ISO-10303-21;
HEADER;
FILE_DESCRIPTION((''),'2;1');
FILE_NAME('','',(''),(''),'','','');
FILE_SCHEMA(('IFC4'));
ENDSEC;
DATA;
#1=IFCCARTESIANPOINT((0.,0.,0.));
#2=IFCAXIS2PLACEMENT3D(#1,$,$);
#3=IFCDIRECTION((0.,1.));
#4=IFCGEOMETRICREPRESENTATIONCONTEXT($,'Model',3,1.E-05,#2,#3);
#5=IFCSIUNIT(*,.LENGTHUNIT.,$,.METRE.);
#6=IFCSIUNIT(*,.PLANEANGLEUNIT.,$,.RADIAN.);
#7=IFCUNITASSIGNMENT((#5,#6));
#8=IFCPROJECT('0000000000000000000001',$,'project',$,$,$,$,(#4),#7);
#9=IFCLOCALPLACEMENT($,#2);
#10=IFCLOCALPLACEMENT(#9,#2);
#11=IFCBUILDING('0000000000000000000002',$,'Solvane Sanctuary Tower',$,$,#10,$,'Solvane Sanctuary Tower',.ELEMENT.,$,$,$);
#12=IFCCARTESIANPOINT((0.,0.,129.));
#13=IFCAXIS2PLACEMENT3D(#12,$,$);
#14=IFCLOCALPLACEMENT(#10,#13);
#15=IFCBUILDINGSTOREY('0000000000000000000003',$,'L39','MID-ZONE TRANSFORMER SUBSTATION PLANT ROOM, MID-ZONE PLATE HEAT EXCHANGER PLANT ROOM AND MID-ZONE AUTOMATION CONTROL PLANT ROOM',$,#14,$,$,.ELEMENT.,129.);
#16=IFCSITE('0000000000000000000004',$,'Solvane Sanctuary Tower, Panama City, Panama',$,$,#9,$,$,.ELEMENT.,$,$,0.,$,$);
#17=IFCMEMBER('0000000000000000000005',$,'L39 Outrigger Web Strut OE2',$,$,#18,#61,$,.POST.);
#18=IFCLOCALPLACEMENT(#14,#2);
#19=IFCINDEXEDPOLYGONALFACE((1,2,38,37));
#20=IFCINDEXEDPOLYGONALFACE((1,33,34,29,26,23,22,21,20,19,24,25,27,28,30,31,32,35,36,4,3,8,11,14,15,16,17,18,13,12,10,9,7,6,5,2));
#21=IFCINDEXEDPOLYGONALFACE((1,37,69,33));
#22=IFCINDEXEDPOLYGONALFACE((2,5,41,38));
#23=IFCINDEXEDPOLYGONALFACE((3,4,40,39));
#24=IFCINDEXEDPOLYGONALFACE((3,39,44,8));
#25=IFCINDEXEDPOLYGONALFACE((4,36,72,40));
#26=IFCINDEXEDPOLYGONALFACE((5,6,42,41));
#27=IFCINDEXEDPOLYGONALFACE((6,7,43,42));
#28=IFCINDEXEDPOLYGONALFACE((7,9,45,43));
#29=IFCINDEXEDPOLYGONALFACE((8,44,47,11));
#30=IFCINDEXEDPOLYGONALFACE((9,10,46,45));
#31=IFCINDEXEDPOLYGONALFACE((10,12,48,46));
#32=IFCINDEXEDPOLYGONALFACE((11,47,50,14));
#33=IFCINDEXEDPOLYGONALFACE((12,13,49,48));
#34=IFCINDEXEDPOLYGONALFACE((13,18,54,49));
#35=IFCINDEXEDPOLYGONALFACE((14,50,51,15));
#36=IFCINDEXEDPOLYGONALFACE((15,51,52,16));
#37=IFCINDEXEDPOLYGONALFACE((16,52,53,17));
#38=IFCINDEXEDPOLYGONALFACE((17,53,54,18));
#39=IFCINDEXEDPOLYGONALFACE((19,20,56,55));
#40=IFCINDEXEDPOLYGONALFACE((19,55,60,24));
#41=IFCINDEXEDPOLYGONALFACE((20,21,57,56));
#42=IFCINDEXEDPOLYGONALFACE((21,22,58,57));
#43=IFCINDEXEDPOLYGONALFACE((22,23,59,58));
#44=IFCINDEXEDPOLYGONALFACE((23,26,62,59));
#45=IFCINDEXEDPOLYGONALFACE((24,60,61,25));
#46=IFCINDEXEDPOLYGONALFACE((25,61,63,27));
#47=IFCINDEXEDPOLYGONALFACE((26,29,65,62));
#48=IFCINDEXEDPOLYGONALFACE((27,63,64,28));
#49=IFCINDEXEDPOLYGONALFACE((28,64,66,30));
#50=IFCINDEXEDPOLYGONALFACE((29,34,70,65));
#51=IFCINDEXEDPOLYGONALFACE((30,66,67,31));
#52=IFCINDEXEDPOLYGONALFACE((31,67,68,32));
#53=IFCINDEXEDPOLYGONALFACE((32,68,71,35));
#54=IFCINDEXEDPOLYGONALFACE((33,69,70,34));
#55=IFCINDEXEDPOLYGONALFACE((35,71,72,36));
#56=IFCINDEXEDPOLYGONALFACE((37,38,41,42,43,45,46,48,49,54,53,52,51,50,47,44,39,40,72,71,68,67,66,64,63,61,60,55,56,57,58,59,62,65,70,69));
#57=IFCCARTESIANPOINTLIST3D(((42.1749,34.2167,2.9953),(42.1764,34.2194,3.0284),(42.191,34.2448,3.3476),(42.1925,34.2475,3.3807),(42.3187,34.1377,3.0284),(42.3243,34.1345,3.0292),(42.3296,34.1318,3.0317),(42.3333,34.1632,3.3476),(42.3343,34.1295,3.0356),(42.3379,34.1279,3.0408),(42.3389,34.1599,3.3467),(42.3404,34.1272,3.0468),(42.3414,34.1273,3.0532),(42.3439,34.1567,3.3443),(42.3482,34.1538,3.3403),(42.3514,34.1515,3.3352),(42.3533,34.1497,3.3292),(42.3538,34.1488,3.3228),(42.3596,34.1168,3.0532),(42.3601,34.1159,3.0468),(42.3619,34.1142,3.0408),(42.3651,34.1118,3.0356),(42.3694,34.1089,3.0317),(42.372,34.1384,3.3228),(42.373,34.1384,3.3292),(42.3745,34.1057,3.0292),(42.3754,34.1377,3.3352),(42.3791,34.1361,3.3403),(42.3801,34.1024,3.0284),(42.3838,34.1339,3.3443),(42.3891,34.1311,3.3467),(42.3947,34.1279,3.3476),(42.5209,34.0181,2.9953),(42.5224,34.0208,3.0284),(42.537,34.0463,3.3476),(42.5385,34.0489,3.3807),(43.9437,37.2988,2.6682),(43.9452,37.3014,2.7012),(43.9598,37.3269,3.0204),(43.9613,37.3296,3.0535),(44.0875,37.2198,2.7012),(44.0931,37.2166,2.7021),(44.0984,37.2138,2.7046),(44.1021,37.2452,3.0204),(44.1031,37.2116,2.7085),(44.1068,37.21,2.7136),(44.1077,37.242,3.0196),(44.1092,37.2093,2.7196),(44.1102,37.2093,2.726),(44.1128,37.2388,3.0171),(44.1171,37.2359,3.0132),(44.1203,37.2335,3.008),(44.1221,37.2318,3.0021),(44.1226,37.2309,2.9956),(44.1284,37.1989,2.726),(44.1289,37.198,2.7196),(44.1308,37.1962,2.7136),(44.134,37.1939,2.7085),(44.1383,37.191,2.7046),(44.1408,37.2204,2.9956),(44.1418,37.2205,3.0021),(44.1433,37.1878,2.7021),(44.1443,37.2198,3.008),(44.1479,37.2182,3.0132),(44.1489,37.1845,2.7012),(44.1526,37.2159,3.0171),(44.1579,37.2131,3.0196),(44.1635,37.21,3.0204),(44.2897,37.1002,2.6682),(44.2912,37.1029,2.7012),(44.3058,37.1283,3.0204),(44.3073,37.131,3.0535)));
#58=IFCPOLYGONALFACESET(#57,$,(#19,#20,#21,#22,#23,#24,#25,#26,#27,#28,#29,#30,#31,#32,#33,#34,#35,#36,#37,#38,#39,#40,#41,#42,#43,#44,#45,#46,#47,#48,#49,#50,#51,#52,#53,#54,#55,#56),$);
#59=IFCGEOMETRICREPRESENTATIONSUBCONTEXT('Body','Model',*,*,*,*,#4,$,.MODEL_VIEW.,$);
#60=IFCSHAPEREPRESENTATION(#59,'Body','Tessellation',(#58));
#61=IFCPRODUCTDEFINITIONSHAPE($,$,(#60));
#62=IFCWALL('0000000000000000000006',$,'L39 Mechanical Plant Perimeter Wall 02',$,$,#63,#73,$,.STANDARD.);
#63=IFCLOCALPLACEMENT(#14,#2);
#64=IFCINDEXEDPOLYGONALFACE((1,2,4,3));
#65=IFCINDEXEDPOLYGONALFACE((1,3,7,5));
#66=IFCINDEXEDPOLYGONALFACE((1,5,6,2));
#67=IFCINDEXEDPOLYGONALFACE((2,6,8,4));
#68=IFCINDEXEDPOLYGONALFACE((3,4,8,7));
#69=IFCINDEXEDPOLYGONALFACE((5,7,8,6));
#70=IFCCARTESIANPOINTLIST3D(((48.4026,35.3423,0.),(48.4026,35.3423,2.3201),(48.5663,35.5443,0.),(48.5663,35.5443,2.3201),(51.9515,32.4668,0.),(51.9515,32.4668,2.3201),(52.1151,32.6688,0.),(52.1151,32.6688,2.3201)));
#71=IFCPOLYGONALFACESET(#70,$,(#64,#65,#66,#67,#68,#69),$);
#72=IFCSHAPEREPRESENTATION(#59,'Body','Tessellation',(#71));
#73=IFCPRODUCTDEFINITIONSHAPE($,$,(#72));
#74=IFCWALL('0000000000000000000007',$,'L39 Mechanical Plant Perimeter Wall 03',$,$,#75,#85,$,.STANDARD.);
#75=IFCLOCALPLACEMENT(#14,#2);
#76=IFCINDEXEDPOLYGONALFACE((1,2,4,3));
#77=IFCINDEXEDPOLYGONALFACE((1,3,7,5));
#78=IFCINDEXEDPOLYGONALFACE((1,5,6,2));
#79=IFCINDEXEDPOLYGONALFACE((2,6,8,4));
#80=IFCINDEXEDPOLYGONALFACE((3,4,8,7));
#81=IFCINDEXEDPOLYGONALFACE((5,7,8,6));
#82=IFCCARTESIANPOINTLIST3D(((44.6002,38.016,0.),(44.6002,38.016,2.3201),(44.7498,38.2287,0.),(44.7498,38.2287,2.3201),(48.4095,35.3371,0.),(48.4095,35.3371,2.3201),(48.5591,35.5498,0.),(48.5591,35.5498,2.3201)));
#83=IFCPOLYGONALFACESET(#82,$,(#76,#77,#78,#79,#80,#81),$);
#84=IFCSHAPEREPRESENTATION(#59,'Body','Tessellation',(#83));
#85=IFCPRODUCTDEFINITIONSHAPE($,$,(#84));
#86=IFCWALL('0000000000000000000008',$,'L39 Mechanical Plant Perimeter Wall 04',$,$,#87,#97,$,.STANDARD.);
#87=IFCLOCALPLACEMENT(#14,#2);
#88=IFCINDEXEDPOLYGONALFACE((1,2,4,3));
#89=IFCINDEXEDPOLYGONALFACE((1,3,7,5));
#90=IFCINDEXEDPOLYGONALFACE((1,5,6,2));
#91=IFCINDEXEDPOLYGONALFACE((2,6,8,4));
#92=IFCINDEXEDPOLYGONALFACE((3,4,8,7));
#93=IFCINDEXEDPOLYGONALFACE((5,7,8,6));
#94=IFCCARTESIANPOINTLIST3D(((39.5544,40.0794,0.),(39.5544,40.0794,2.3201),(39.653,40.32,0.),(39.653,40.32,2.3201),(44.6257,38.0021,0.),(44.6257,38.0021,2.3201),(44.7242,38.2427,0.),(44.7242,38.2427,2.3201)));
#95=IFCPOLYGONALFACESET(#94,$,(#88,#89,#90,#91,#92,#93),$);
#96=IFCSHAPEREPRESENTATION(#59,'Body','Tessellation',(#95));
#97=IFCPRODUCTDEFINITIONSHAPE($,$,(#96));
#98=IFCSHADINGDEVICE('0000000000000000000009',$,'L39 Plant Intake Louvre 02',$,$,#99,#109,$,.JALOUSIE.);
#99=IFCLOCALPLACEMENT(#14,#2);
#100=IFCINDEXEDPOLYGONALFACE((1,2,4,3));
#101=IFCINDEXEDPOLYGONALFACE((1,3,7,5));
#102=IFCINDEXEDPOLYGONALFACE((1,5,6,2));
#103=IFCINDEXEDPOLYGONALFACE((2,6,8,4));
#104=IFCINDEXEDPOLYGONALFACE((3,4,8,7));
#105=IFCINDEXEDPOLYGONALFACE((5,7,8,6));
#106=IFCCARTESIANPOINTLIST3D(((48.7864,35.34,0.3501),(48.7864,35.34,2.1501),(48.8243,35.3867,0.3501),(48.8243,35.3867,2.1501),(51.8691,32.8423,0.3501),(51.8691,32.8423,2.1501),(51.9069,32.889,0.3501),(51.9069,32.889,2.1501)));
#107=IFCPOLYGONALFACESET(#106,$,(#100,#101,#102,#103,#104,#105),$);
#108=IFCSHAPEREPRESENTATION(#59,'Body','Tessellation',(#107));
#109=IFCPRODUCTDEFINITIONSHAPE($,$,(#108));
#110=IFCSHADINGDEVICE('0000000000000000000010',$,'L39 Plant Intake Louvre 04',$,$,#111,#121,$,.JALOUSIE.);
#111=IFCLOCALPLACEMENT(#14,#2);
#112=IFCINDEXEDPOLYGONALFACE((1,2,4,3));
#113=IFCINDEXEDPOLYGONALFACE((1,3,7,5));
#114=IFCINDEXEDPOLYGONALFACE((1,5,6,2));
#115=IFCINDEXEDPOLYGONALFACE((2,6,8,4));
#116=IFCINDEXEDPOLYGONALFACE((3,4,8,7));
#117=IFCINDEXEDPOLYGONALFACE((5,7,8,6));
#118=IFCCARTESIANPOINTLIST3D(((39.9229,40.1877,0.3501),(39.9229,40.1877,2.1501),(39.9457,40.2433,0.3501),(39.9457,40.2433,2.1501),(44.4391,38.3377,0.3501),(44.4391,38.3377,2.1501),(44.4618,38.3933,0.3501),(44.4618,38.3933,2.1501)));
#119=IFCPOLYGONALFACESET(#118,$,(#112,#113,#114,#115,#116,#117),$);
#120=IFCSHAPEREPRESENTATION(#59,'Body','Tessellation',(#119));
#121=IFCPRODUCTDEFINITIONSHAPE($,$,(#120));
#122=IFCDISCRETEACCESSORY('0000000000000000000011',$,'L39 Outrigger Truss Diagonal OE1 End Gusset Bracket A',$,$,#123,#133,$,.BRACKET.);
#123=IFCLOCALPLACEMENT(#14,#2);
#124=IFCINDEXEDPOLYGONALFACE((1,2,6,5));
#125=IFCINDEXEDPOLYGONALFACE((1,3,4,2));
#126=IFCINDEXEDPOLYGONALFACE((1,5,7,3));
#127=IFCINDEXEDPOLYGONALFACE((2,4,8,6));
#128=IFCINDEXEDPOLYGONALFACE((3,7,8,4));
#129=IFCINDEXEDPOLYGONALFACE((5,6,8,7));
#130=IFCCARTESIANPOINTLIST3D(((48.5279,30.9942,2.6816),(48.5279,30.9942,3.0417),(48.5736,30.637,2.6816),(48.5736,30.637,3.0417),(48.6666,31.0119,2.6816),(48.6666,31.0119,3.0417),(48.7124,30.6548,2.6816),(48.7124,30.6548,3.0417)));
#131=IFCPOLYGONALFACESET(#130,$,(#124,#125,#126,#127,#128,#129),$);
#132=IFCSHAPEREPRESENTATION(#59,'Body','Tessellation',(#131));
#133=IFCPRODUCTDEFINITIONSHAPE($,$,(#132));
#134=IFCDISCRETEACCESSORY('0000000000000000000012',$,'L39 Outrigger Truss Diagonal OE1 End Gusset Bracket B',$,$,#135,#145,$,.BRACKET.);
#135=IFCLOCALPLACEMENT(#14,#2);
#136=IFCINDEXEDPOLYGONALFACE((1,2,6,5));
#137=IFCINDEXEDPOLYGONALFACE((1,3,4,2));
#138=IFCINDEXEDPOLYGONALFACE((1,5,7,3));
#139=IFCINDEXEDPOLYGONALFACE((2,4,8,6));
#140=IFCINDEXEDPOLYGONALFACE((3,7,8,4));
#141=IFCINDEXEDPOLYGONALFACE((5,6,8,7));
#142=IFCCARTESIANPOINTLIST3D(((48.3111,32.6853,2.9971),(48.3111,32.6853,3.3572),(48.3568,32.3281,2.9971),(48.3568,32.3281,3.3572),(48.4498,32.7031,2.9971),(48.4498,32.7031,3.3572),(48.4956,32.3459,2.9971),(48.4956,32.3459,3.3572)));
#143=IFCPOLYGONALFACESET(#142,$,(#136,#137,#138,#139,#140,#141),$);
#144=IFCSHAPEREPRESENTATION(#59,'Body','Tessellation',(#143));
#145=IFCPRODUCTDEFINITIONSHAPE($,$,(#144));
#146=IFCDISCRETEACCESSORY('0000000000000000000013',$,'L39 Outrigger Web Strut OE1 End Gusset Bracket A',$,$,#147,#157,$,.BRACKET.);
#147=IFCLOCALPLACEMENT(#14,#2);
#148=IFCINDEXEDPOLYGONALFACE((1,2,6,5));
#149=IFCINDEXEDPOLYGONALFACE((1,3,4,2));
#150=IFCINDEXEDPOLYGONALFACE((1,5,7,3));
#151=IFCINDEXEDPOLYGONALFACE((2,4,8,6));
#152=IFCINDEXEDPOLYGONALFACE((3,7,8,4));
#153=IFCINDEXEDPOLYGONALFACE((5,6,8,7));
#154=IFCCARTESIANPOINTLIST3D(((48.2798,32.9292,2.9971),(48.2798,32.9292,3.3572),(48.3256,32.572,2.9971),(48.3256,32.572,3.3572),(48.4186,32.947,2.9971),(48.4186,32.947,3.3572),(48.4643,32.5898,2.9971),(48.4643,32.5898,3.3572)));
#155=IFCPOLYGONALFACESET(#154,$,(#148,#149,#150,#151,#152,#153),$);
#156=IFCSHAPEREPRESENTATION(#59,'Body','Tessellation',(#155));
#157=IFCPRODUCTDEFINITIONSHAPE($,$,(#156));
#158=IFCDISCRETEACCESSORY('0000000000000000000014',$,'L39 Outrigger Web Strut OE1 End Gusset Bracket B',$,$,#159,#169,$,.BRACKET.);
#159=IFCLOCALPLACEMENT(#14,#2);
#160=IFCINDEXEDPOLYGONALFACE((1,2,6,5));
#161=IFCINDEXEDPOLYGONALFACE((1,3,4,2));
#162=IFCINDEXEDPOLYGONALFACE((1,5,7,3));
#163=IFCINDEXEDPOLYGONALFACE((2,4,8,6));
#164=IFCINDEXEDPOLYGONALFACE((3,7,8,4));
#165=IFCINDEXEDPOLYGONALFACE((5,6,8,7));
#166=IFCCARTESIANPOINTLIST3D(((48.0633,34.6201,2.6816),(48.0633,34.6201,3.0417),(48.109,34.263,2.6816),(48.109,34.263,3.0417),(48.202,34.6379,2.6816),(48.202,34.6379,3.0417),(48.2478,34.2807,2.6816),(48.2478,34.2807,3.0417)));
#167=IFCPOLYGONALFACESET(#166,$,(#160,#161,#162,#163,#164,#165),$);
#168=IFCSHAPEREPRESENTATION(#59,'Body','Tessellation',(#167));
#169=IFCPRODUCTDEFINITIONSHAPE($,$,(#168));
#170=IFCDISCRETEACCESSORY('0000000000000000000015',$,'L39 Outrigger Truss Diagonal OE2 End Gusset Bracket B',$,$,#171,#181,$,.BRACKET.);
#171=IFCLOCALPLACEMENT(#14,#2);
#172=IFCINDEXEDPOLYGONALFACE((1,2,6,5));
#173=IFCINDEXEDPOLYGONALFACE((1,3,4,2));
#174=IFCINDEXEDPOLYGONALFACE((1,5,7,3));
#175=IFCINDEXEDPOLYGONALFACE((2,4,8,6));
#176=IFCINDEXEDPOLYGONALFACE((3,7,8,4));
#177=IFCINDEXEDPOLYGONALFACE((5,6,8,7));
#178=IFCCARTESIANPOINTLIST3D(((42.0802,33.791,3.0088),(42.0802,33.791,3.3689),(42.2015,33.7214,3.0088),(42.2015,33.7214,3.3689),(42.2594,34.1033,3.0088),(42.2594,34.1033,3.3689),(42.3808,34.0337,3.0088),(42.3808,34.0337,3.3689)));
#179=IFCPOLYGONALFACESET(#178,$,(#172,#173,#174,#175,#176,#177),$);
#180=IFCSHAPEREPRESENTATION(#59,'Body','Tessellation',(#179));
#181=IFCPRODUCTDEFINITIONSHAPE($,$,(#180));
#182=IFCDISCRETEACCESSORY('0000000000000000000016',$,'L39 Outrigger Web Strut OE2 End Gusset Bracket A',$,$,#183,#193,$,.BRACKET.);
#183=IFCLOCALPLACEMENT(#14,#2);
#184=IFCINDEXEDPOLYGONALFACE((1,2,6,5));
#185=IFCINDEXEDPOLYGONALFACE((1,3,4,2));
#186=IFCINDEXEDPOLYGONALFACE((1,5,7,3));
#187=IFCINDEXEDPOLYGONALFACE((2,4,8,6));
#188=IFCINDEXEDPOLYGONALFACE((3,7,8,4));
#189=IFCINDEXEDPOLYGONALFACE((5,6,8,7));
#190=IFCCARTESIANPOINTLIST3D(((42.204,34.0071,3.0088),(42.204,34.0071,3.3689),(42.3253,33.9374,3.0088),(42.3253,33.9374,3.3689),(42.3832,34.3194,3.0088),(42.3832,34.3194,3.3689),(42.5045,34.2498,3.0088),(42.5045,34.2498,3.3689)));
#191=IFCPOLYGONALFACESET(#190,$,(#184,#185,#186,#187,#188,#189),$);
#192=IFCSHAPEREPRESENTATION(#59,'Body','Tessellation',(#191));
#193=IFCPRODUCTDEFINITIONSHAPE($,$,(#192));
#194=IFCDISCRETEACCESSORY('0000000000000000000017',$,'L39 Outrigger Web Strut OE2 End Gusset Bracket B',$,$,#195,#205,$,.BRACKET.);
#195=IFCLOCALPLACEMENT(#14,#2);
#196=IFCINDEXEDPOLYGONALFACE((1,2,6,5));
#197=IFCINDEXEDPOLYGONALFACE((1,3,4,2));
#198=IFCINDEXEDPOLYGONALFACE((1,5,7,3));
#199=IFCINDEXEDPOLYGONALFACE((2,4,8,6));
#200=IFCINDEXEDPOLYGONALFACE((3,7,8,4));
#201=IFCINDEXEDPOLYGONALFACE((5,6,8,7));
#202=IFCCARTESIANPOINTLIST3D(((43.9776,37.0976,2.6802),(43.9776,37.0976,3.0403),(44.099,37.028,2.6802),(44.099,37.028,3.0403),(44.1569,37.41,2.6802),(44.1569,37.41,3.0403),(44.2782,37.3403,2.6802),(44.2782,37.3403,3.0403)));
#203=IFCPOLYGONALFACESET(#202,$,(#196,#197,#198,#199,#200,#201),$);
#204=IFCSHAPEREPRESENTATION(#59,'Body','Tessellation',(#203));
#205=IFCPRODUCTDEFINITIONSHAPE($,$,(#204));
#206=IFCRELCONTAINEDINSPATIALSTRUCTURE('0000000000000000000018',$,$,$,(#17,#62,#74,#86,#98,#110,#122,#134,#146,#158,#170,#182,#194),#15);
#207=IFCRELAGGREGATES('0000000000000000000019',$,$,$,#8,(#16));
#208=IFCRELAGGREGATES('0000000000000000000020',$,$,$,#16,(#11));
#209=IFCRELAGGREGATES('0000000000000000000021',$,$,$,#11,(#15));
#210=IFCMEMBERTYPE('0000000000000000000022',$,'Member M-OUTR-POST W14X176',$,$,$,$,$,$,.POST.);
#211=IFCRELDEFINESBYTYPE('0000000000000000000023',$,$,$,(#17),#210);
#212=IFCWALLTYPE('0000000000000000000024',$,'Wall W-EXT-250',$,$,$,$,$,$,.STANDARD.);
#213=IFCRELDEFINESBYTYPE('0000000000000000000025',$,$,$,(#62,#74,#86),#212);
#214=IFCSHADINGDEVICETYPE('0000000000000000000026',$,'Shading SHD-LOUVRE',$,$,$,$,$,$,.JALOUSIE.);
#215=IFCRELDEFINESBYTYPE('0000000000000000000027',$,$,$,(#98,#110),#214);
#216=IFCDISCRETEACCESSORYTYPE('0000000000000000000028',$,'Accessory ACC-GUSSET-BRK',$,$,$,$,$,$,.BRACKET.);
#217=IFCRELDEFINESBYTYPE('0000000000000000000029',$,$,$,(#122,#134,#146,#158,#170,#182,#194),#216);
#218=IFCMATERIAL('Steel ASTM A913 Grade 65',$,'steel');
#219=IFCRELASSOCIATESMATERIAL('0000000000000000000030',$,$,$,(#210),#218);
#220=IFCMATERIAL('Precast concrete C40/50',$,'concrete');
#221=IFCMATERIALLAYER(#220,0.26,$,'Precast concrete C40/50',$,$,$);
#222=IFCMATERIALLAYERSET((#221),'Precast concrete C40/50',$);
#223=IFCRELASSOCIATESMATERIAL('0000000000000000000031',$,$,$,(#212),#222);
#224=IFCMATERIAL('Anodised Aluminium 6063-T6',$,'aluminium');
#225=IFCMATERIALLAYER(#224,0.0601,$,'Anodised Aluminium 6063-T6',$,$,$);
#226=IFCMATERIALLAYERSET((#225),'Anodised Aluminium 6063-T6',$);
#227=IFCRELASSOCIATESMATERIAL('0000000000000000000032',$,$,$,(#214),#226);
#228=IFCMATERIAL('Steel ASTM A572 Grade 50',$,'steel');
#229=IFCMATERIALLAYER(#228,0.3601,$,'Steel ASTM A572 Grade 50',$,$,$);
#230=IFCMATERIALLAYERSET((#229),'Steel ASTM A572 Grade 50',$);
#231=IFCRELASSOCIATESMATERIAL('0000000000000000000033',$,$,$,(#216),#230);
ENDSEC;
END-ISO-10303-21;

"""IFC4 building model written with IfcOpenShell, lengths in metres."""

from ifc_helpers import new_model, si_unit, direction, frame, frame_2d, origin, origin_2d, place, context, subcontext, project, spatial, rectangle, i_section, extrude, material, layer, layer_set, material_profile, profile_set, type_object, element, save


model = new_model("IFC4")

# Units and contexts
model_context = context("Model", 3, precision=1e-05, world=origin(), true_north=direction((0.0, 1.0)))
body_context = subcontext(model_context, "Body", "Model", "MODEL_VIEW")
ifc_project = project(units=[si_unit("LENGTHUNIT", "METRE"), si_unit("PLANEANGLEUNIT", "RADIAN")], contexts=[model_context])

# Site, building, storey
site_placement = place(None, origin())
site = spatial("IfcSite", under=ifc_project, at=site_placement, Name="Solvane Sanctuary Tower, Panama City, Panama", CompositionType="ELEMENT", RefElevation=0.0)
building_placement = place(site_placement, origin())
building = spatial("IfcBuilding", under=site, at=building_placement, Name="Solvane Sanctuary Tower", LongName="Solvane Sanctuary Tower", CompositionType="ELEMENT")
storey_placement = place(building_placement, frame((0.0, 0.0, 129.0)))
storey = spatial("IfcBuildingStorey", under=building, at=storey_placement, Name="L39", Description="MID-ZONE TRANSFORMER SUBSTATION PLANT ROOM, MID-ZONE PLATE HEAT EXCHANGER PLANT ROOM AND MID-ZONE AUTOMATION CONTROL PLANT ROOM", CompositionType="ELEMENT", Elevation=129.0)

# Member
ifc_material_1 = material(Name="Steel ASTM A913 Grade 65", Category="steel")
ifc_material_profile_1 = material_profile(ifc_material_1, i_section(OverallWidth=0.3989, OverallDepth=0.387, WebThickness=0.021, FlangeThickness=0.0332, FilletRadius=0.0249, at=origin_2d()), Name="W14X176")
ifc_profile_set_1 = profile_set([ifc_material_profile_1], Name="Steel ASTM A913 Grade 65")
member_type_1 = type_object("IfcMemberType", Name="Member M-OUTR-POST W14X176", PredefinedType="POST", material=ifc_profile_set_1)
member_1_placement = place(storey_placement, frame((42.3567, 34.1328, 3.188), z_axis=(0.495662, 0.863663, -0.091675), x_axis=(-0.867316, 0.497758, 0.0)))
element("IfcMember", 1, at=member_1_placement, inside=storey, type_object=member_type_1, Name="L39 Outrigger Web Strut OE2", PredefinedType="POST", context=body_context, shape_type="SweptSolid", body=[
    extrude(i_section(OverallWidth=0.3989, OverallDepth=0.387, WebThickness=0.021, FlangeThickness=0.0332, FilletRadius=0.0249, at=origin_2d()), origin(), (0.0, 0.0, 1.0), 3.5686),
])

# Walls
ifc_material_2 = material(Name="Precast concrete C40/50", Category="concrete")
ifc_layer_1 = layer(ifc_material_2, 0.26, Name="Precast concrete C40/50")
ifc_layer_set_1 = layer_set([ifc_layer_1], Name="Precast concrete C40/50")
wall_type = type_object("IfcWallType", Name="Wall W-EXT-250", PredefinedType="STANDARD", material=ifc_layer_set_1)
wall_1_placement = place(storey_placement, frame((52.0332, 32.5679, 0.0), z_axis=(0.0, 0.0, 1.0), x_axis=(-0.776963, 0.629546, 0.0)))
element("IfcWall", 2, at=wall_1_placement, inside=storey, type_object=wall_type, Name="L39 Mechanical Plant Perimeter Wall 02", PredefinedType="STANDARD", context=body_context, shape_type="SweptSolid", body=[
    extrude(rectangle(XDim=4.5676, YDim=0.26, at=frame_2d((2.2837, 0.0))), origin(), (0.0, 0.0, 1.0), 2.3201),
])
wall_2_placement = place(storey_placement, frame((48.4844, 35.4434, 0.0), z_axis=(0.0, 0.0, 1.0), x_axis=(-0.817976, 0.575252, 0.0)))
element("IfcWall", 3, at=wall_2_placement, inside=storey, type_object=wall_type, Name="L39 Mechanical Plant Perimeter Wall 03", PredefinedType="STANDARD", context=body_context, shape_type="SweptSolid", body=[
    extrude(rectangle(XDim=4.657, YDim=0.26, at=frame_2d((2.3286, 0.0))), origin(), (0.0, 0.0, 1.0), 2.3201),
])
wall_3_placement = place(storey_placement, frame((44.675, 38.1223, 0.0), z_axis=(0.0, 0.0, 1.0), x_axis=(-0.925369, 0.379066, 0.0)))
element("IfcWall", 4, at=wall_3_placement, inside=storey, type_object=wall_type, Name="L39 Mechanical Plant Perimeter Wall 04", PredefinedType="STANDARD", context=body_context, shape_type="SweptSolid", body=[
    extrude(rectangle(XDim=5.4802, YDim=0.26, at=frame_2d((2.7402, 0.0))), origin(), (0.0, 0.0, 1.0), 2.3201),
])

# Shading devices
ifc_material_3 = material(Name="Anodised Aluminium 6063-T6", Category="aluminium")
ifc_layer_2 = layer(ifc_material_3, 0.0601, Name="Anodised Aluminium 6063-T6")
ifc_layer_set_2 = layer_set([ifc_layer_2], Name="Anodised Aluminium 6063-T6")
shading_device_type = type_object("IfcShadingDeviceType", Name="Shading SHD-LOUVRE", PredefinedType="JALOUSIE", material=ifc_layer_set_2)
shading_device_1_placement = place(storey_placement, frame((50.3467, 34.1145, 0.3501), z_axis=(0.0, 0.0, 1.0), x_axis=(-0.77697, 0.629537, 0.0)))
element("IfcShadingDevice", 5, at=shading_device_1_placement, inside=storey, type_object=shading_device_type, Name="L39 Plant Intake Louvre 02", PredefinedType="JALOUSIE", context=body_context, shape_type="SweptSolid", body=[
    extrude(rectangle(XDim=3.9675, YDim=0.0601, at=origin_2d()), origin(), (0.0, 0.0, 1.0), 1.8),
])
shading_device_2_placement = place(storey_placement, frame((42.1924, 39.2905, 0.3501), z_axis=(0.0, 0.0, 1.0), x_axis=(-0.925369, 0.379067, 0.0)))
element("IfcShadingDevice", 6, at=shading_device_2_placement, inside=storey, type_object=shading_device_type, Name="L39 Plant Intake Louvre 04", PredefinedType="JALOUSIE", context=body_context, shape_type="SweptSolid", body=[
    extrude(rectangle(XDim=4.8804, YDim=0.0601, at=origin_2d()), origin(), (0.0, 0.0, 1.0), 1.8),
])

# Discrete accessories
ifc_material_4 = material(Name="Steel ASTM A572 Grade 50", Category="steel")
ifc_layer_3 = layer(ifc_material_4, 0.3601, Name="Steel ASTM A572 Grade 50")
ifc_layer_set_3 = layer_set([ifc_layer_3], Name="Steel ASTM A572 Grade 50")
discrete_accessory_type = type_object("IfcDiscreteAccessoryType", Name="Accessory ACC-GUSSET-BRK", PredefinedType="BRACKET", material=ifc_layer_set_3)
for number, where, z_axis, x_axis, name in (
    (7, (48.6201, 30.8245, 2.6816), (0.0, 0.0, 1.0), (-0.127065, 0.991894, 0.0), "L39 Outrigger Truss Diagonal OE1 End Gusset Bracket A"),
    (8, (48.4033, 32.5156, 2.9971), (0.0, 0.0, 1.0), (-0.127065, 0.991894, 0.0), "L39 Outrigger Truss Diagonal OE1 End Gusset Bracket B"),
    (9, (48.3721, 32.7595, 2.9971), (0.0, 0.0, 1.0), (-0.127065, 0.991894, 0.0), "L39 Outrigger Web Strut OE1 End Gusset Bracket A"),
    (10, (48.1555, 34.4504, 2.6816), (0.0, 0.0, 1.0), (-0.127065, 0.991894, 0.0), "L39 Outrigger Web Strut OE1 End Gusset Bracket B"),
    (11, (42.2305, 33.9124, 3.0088), (0.0, 0.0, 1.0), (0.497731, 0.867331, 0.0), "L39 Outrigger Truss Diagonal OE2 End Gusset Bracket B"),
    (12, (42.3542, 34.1284, 3.0088), (0.0, 0.0, 1.0), (0.497731, 0.867331, 0.0), "L39 Outrigger Web Strut OE2 End Gusset Bracket A"),
    (13, (44.1279, 37.219, 2.6802), (0.0, 0.0, 1.0), (0.497731, 0.867331, 0.0), "L39 Outrigger Web Strut OE2 End Gusset Bracket B"),
):
    element("IfcDiscreteAccessory", number, at=place(storey_placement, frame(where, z_axis=z_axis, x_axis=x_axis)), inside=storey, type_object=discrete_accessory_type, Name=name, PredefinedType="BRACKET", context=body_context, shape_type="SweptSolid", body=[
        extrude(rectangle(XDim=0.3601, YDim=0.1399, at=origin_2d()), origin(), (0.0, 0.0, 1.0), 0.3601),
    ])

save(model, "model.ifc")
